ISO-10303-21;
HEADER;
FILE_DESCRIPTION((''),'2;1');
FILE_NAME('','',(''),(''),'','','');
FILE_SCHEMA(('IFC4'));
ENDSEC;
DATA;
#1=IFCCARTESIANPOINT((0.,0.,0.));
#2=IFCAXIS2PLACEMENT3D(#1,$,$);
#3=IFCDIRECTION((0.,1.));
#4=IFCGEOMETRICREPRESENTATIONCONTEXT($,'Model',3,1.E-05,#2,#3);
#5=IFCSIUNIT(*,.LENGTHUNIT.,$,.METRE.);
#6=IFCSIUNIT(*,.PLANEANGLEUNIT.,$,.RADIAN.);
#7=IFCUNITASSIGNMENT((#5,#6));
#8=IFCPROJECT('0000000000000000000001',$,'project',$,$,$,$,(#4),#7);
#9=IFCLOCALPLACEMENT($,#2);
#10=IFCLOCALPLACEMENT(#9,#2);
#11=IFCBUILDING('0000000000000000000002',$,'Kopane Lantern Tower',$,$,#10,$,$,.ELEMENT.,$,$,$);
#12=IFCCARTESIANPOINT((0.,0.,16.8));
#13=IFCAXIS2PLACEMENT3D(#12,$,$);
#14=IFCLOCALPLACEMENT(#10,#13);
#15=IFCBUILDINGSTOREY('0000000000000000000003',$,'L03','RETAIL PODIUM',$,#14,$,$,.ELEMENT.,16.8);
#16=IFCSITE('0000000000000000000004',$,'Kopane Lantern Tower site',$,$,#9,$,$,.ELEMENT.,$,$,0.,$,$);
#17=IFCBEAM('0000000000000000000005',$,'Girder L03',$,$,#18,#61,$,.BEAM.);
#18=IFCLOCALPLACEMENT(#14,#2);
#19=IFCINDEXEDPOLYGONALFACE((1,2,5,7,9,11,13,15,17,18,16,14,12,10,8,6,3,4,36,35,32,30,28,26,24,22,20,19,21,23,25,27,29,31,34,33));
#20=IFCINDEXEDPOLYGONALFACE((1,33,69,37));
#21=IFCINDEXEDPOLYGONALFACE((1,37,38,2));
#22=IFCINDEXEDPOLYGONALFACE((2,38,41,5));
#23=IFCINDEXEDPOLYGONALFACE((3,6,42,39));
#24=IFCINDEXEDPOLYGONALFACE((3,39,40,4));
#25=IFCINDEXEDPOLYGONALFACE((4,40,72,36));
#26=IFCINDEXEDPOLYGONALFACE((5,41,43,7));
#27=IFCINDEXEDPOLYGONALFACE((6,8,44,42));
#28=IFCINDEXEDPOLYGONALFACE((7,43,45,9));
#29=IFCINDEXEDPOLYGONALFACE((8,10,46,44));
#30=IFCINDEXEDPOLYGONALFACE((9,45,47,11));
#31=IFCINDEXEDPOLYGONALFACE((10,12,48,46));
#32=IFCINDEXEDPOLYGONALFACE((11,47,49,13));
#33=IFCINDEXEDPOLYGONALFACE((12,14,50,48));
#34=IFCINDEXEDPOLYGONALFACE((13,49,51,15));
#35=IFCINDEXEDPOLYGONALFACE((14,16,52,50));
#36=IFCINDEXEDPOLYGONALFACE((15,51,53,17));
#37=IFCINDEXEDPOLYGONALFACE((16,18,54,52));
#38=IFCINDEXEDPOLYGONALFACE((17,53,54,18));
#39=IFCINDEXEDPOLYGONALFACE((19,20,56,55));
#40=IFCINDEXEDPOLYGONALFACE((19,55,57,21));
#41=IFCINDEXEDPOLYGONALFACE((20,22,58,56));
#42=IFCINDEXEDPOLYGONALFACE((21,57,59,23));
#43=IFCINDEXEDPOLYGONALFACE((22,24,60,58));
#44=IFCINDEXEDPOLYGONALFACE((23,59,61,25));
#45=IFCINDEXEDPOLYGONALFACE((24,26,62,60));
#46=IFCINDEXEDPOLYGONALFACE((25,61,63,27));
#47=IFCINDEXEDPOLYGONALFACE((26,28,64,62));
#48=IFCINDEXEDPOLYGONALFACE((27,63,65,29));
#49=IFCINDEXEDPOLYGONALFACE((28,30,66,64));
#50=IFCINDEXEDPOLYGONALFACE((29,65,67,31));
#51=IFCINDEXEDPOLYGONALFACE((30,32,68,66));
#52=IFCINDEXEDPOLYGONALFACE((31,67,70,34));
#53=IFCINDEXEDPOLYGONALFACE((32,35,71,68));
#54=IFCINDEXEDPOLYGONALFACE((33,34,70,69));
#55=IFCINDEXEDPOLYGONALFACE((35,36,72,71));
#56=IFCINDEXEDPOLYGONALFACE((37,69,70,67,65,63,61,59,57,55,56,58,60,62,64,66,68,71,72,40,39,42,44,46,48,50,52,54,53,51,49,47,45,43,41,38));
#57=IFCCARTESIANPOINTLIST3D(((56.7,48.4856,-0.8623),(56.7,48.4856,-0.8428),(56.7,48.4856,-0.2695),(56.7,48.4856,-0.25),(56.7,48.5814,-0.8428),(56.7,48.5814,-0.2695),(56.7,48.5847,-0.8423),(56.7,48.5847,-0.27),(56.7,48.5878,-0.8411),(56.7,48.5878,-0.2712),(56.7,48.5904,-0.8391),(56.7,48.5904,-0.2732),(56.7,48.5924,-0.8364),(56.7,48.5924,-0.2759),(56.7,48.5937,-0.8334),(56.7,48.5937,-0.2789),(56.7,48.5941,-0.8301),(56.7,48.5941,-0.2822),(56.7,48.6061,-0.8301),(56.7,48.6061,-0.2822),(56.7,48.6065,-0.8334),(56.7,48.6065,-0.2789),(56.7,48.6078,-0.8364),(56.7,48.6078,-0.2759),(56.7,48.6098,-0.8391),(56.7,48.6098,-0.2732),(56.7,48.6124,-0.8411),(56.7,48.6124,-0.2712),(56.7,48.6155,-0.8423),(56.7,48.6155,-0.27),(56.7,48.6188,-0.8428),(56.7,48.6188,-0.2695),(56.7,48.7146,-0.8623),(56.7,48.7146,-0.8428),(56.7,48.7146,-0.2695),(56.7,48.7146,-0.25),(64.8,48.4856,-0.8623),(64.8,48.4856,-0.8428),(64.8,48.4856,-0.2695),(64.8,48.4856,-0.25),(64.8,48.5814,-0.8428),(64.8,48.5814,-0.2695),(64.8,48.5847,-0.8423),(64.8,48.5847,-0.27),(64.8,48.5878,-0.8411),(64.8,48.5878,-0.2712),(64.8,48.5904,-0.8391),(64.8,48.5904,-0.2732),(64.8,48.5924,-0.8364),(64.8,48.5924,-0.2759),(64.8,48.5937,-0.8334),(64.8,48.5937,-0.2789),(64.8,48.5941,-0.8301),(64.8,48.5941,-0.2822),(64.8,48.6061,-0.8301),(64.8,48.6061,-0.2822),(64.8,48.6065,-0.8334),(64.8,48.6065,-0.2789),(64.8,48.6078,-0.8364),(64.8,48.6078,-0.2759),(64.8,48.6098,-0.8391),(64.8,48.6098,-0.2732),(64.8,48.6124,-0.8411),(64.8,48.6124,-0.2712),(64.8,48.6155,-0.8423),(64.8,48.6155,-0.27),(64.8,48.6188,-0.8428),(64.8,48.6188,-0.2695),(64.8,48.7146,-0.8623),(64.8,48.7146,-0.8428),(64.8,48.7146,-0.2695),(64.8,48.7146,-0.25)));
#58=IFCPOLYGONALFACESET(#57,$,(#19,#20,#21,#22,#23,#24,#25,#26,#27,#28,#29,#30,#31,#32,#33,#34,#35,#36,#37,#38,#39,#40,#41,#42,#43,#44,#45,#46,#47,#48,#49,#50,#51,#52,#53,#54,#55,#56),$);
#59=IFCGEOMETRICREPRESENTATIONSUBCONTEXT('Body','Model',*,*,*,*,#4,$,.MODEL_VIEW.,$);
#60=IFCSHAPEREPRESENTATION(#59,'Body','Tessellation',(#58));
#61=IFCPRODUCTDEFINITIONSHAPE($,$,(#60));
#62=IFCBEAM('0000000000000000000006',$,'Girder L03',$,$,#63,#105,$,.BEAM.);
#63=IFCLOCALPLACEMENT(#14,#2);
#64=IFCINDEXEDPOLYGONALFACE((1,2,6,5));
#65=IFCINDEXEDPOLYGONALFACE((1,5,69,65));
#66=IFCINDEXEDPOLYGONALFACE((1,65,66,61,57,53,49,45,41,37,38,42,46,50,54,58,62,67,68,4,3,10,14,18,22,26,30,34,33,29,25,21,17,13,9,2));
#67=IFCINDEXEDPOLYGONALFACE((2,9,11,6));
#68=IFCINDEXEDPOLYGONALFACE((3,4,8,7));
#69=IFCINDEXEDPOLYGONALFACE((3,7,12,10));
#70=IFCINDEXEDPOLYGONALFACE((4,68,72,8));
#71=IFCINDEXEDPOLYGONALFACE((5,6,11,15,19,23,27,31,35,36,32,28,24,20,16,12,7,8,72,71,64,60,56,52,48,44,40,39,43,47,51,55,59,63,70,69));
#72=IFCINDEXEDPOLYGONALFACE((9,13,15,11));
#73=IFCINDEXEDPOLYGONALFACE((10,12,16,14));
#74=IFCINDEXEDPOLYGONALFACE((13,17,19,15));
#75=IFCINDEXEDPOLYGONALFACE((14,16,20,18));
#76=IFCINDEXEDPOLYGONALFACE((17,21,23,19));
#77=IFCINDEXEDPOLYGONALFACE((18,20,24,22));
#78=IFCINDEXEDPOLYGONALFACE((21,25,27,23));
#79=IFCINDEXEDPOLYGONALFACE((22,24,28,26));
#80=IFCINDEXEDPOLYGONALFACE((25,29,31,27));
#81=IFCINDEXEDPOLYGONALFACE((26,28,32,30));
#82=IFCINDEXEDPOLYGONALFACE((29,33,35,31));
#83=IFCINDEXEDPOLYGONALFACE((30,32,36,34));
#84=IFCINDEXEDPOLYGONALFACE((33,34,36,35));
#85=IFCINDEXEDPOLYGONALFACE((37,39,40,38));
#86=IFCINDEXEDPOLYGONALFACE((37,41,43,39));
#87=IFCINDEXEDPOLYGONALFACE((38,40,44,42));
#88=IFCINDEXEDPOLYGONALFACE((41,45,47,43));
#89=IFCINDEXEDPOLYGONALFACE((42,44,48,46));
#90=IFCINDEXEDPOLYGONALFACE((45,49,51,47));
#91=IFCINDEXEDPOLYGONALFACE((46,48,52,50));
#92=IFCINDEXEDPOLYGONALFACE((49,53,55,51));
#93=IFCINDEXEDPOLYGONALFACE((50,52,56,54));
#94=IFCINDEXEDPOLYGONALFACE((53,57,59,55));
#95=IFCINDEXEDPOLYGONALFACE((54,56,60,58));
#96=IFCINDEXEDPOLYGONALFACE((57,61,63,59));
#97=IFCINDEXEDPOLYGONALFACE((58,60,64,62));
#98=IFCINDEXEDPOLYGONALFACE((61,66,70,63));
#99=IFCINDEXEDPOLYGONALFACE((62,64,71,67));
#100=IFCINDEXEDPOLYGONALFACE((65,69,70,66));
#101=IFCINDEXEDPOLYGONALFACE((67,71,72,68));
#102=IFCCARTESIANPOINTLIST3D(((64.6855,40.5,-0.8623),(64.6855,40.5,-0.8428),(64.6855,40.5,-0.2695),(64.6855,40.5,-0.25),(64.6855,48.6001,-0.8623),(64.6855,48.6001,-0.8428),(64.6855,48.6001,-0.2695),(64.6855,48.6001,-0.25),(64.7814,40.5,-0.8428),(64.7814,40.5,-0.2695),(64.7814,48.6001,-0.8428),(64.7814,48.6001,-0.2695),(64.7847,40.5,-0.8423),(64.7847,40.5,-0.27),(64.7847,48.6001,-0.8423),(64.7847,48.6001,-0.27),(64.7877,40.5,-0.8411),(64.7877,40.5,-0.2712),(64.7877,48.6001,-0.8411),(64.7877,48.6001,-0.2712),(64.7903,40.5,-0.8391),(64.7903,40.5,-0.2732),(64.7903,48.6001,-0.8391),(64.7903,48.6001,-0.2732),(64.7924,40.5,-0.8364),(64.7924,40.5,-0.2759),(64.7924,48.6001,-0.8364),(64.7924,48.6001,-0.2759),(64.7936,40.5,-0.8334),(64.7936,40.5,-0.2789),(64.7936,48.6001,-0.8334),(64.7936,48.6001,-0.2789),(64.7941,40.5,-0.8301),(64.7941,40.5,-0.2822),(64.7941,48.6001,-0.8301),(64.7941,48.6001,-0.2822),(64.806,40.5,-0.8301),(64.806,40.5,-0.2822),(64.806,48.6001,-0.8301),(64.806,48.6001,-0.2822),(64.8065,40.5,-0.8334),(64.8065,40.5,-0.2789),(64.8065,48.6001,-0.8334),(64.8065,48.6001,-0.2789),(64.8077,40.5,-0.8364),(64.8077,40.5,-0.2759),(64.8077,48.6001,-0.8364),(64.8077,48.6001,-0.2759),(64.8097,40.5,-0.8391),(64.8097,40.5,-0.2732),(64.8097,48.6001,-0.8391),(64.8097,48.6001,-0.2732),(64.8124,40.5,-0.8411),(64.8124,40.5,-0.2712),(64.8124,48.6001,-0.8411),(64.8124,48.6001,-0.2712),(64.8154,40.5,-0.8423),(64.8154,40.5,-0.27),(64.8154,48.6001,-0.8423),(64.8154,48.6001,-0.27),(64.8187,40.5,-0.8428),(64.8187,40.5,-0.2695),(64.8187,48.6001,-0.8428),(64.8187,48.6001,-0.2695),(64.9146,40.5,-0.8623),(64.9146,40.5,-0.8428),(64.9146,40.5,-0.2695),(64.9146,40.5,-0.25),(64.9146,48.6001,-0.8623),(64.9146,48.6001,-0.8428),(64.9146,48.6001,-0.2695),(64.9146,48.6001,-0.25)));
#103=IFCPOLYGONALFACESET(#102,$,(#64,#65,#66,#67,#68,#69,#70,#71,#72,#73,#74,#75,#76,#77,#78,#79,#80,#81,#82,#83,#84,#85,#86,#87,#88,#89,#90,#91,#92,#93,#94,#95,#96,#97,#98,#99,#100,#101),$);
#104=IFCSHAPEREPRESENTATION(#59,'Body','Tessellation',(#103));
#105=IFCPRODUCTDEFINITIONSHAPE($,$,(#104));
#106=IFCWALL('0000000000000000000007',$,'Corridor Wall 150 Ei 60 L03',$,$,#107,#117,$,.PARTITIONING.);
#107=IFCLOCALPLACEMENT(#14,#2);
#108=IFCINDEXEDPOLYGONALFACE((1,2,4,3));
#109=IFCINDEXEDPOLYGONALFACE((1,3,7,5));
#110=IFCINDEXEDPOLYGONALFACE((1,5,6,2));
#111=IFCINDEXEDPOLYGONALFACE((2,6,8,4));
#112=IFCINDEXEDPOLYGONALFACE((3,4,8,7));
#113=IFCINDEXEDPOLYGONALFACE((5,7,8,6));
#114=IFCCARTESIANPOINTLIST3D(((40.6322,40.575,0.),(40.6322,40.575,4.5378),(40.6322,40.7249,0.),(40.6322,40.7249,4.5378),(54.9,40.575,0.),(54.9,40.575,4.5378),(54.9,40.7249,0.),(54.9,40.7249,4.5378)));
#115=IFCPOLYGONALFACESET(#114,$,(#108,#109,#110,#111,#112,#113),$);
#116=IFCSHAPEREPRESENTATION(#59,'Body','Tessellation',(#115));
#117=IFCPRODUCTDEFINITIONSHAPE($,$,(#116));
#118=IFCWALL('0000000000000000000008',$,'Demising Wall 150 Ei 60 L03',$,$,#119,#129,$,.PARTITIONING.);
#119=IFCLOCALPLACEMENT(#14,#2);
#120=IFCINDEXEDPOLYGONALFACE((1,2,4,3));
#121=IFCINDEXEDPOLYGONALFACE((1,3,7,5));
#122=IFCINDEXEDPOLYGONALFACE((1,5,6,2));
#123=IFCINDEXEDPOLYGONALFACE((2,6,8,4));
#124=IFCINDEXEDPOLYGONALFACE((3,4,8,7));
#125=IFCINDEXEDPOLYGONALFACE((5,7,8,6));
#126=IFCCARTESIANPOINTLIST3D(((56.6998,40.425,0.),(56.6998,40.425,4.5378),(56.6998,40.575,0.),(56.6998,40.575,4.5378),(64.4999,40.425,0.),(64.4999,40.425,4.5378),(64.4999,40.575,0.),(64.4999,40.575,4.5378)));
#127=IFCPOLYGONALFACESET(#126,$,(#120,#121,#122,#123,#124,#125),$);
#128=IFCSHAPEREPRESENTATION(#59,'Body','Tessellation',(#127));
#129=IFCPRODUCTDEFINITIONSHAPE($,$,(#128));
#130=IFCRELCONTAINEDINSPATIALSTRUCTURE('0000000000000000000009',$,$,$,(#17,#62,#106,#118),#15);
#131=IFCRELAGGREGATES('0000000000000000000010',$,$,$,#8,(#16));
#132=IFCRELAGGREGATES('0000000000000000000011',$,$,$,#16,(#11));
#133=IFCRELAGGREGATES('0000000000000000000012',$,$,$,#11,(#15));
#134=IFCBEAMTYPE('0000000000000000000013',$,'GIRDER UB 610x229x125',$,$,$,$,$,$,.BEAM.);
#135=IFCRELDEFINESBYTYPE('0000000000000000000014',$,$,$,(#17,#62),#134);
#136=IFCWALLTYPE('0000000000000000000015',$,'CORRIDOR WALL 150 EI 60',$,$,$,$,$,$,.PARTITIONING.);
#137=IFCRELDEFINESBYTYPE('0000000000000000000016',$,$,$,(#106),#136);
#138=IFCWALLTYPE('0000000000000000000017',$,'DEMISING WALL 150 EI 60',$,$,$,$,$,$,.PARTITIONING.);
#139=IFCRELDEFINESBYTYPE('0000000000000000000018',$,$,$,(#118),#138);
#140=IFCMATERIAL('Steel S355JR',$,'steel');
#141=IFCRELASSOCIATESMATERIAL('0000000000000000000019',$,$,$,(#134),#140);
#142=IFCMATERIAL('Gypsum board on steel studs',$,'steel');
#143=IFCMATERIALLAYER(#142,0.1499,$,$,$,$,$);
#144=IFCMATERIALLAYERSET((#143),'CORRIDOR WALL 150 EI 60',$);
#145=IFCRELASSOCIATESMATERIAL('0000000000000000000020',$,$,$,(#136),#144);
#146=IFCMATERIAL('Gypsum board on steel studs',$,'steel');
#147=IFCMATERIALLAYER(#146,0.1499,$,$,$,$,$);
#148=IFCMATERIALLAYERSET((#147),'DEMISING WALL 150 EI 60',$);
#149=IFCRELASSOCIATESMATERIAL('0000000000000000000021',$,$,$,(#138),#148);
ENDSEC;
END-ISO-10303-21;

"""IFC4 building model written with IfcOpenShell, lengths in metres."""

from ifc_helpers import new_model, si_unit, direction, frame, frame_2d, origin, origin_2d, place, context, subcontext, project, spatial, rectangle, i_section, extrude, material, layer, layer_set, material_profile, profile_set, type_object, element, save


model = new_model("IFC4")

# Units and contexts
model_context = context("Model", 3, precision=1e-05, world=origin(), true_north=direction((0.0, 1.0)))
body_context = subcontext(model_context, "Body", "Model", "MODEL_VIEW")
ifc_project = project(units=[si_unit("LENGTHUNIT", "METRE"), si_unit("PLANEANGLEUNIT", "RADIAN")], contexts=[model_context])

# Site, building, storey
site_placement = place(None, origin())
site = spatial("IfcSite", under=ifc_project, at=site_placement, Name="Kopane Lantern Tower site", CompositionType="ELEMENT", RefElevation=0.0)
building_placement = place(site_placement, origin())
building = spatial("IfcBuilding", under=site, at=building_placement, Name="Kopane Lantern Tower", CompositionType="ELEMENT")
storey_placement = place(building_placement, frame((0.0, 0.0, 16.8)))
storey = spatial("IfcBuildingStorey", under=building, at=storey_placement, Name="L03", Description="RETAIL PODIUM", CompositionType="ELEMENT", Elevation=16.8)

# Beams
ifc_material_1 = material(Name="Steel S355JR", Category="steel")
ifc_material_profile_1 = material_profile(ifc_material_1, i_section(OverallWidth=0.229, OverallDepth=0.6123, WebThickness=0.012, FlangeThickness=0.0195, FilletRadius=0.0127, at=origin_2d()), Name="UB 610x229x125")
ifc_profile_set_1 = profile_set([ifc_material_profile_1], Name="Steel S355JR")
beam_type = type_object("IfcBeamType", Name="GIRDER UB 610x229x125", PredefinedType="BEAM", material=ifc_profile_set_1)
for number, where, z_axis, x_axis, name in (
    (1, (56.7, 48.6001, -0.5562), (1.0, 0.0, 0.0), (0.0, 1.0, 0.0), "Girder L03"),
    (2, (64.8, 40.5, -0.5562), (0.0, 1.0, 0.0), (-1.0, 0.0, 0.0), "Girder L03"),
):
    element("IfcBeam", number, at=place(storey_placement, frame(where, z_axis=z_axis, x_axis=x_axis)), inside=storey, type_object=beam_type, Name=name, PredefinedType="BEAM", context=body_context, shape_type="SweptSolid", body=[
        extrude(i_section(OverallWidth=0.229, OverallDepth=0.6123, WebThickness=0.012, FlangeThickness=0.0195, FilletRadius=0.0127, at=origin_2d()), origin(), (0.0, 0.0, 1.0), 8.1001),
    ])

# Walls
ifc_material_2 = material(Name="Gypsum board on steel studs", Category="steel")
ifc_layer_1 = layer(ifc_material_2, 0.1499)
ifc_layer_set_1 = layer_set([ifc_layer_1], Name="CORRIDOR WALL 150 EI 60")
wall_type_1 = type_object("IfcWallType", Name="CORRIDOR WALL 150 EI 60", PredefinedType="PARTITIONING", material=ifc_layer_set_1)
wall_1_placement = place(storey_placement, frame((54.8999, 40.6499, 0.0), z_axis=(0.0, 0.0, 1.0), x_axis=(-1.0, 0.0, 0.0)))
element("IfcWall", 3, at=wall_1_placement, inside=storey, type_object=wall_type_1, Name="Corridor Wall 150 Ei 60 L03", PredefinedType="PARTITIONING", context=body_context, shape_type="SweptSolid", body=[
    extrude(rectangle(XDim=14.2678, YDim=0.1499, at=frame_2d((7.1338, 0.0))), origin(), (0.0, 0.0, 1.0), 4.5378),
])
ifc_material_3 = material(Name="Gypsum board on steel studs", Category="steel")
ifc_layer_2 = layer(ifc_material_3, 0.1499)
ifc_layer_set_2 = layer_set([ifc_layer_2], Name="DEMISING WALL 150 EI 60")
wall_type_2 = type_object("IfcWallType", Name="DEMISING WALL 150 EI 60", PredefinedType="PARTITIONING", material=ifc_layer_set_2)
wall_2_placement = place(storey_placement, frame((56.7, 40.5, 0.0), z_axis=(0.0, 0.0, 1.0), x_axis=(1.0, 0.0, 0.0)))
element("IfcWall", 4, at=wall_2_placement, inside=storey, type_object=wall_type_2, Name="Demising Wall 150 Ei 60 L03", PredefinedType="PARTITIONING", context=body_context, shape_type="SweptSolid", body=[
    extrude(rectangle(XDim=7.8, YDim=0.1499, at=frame_2d((3.8999, 0.0))), origin(), (0.0, 0.0, 1.0), 4.5378),
])

save(model, "model.ifc")
